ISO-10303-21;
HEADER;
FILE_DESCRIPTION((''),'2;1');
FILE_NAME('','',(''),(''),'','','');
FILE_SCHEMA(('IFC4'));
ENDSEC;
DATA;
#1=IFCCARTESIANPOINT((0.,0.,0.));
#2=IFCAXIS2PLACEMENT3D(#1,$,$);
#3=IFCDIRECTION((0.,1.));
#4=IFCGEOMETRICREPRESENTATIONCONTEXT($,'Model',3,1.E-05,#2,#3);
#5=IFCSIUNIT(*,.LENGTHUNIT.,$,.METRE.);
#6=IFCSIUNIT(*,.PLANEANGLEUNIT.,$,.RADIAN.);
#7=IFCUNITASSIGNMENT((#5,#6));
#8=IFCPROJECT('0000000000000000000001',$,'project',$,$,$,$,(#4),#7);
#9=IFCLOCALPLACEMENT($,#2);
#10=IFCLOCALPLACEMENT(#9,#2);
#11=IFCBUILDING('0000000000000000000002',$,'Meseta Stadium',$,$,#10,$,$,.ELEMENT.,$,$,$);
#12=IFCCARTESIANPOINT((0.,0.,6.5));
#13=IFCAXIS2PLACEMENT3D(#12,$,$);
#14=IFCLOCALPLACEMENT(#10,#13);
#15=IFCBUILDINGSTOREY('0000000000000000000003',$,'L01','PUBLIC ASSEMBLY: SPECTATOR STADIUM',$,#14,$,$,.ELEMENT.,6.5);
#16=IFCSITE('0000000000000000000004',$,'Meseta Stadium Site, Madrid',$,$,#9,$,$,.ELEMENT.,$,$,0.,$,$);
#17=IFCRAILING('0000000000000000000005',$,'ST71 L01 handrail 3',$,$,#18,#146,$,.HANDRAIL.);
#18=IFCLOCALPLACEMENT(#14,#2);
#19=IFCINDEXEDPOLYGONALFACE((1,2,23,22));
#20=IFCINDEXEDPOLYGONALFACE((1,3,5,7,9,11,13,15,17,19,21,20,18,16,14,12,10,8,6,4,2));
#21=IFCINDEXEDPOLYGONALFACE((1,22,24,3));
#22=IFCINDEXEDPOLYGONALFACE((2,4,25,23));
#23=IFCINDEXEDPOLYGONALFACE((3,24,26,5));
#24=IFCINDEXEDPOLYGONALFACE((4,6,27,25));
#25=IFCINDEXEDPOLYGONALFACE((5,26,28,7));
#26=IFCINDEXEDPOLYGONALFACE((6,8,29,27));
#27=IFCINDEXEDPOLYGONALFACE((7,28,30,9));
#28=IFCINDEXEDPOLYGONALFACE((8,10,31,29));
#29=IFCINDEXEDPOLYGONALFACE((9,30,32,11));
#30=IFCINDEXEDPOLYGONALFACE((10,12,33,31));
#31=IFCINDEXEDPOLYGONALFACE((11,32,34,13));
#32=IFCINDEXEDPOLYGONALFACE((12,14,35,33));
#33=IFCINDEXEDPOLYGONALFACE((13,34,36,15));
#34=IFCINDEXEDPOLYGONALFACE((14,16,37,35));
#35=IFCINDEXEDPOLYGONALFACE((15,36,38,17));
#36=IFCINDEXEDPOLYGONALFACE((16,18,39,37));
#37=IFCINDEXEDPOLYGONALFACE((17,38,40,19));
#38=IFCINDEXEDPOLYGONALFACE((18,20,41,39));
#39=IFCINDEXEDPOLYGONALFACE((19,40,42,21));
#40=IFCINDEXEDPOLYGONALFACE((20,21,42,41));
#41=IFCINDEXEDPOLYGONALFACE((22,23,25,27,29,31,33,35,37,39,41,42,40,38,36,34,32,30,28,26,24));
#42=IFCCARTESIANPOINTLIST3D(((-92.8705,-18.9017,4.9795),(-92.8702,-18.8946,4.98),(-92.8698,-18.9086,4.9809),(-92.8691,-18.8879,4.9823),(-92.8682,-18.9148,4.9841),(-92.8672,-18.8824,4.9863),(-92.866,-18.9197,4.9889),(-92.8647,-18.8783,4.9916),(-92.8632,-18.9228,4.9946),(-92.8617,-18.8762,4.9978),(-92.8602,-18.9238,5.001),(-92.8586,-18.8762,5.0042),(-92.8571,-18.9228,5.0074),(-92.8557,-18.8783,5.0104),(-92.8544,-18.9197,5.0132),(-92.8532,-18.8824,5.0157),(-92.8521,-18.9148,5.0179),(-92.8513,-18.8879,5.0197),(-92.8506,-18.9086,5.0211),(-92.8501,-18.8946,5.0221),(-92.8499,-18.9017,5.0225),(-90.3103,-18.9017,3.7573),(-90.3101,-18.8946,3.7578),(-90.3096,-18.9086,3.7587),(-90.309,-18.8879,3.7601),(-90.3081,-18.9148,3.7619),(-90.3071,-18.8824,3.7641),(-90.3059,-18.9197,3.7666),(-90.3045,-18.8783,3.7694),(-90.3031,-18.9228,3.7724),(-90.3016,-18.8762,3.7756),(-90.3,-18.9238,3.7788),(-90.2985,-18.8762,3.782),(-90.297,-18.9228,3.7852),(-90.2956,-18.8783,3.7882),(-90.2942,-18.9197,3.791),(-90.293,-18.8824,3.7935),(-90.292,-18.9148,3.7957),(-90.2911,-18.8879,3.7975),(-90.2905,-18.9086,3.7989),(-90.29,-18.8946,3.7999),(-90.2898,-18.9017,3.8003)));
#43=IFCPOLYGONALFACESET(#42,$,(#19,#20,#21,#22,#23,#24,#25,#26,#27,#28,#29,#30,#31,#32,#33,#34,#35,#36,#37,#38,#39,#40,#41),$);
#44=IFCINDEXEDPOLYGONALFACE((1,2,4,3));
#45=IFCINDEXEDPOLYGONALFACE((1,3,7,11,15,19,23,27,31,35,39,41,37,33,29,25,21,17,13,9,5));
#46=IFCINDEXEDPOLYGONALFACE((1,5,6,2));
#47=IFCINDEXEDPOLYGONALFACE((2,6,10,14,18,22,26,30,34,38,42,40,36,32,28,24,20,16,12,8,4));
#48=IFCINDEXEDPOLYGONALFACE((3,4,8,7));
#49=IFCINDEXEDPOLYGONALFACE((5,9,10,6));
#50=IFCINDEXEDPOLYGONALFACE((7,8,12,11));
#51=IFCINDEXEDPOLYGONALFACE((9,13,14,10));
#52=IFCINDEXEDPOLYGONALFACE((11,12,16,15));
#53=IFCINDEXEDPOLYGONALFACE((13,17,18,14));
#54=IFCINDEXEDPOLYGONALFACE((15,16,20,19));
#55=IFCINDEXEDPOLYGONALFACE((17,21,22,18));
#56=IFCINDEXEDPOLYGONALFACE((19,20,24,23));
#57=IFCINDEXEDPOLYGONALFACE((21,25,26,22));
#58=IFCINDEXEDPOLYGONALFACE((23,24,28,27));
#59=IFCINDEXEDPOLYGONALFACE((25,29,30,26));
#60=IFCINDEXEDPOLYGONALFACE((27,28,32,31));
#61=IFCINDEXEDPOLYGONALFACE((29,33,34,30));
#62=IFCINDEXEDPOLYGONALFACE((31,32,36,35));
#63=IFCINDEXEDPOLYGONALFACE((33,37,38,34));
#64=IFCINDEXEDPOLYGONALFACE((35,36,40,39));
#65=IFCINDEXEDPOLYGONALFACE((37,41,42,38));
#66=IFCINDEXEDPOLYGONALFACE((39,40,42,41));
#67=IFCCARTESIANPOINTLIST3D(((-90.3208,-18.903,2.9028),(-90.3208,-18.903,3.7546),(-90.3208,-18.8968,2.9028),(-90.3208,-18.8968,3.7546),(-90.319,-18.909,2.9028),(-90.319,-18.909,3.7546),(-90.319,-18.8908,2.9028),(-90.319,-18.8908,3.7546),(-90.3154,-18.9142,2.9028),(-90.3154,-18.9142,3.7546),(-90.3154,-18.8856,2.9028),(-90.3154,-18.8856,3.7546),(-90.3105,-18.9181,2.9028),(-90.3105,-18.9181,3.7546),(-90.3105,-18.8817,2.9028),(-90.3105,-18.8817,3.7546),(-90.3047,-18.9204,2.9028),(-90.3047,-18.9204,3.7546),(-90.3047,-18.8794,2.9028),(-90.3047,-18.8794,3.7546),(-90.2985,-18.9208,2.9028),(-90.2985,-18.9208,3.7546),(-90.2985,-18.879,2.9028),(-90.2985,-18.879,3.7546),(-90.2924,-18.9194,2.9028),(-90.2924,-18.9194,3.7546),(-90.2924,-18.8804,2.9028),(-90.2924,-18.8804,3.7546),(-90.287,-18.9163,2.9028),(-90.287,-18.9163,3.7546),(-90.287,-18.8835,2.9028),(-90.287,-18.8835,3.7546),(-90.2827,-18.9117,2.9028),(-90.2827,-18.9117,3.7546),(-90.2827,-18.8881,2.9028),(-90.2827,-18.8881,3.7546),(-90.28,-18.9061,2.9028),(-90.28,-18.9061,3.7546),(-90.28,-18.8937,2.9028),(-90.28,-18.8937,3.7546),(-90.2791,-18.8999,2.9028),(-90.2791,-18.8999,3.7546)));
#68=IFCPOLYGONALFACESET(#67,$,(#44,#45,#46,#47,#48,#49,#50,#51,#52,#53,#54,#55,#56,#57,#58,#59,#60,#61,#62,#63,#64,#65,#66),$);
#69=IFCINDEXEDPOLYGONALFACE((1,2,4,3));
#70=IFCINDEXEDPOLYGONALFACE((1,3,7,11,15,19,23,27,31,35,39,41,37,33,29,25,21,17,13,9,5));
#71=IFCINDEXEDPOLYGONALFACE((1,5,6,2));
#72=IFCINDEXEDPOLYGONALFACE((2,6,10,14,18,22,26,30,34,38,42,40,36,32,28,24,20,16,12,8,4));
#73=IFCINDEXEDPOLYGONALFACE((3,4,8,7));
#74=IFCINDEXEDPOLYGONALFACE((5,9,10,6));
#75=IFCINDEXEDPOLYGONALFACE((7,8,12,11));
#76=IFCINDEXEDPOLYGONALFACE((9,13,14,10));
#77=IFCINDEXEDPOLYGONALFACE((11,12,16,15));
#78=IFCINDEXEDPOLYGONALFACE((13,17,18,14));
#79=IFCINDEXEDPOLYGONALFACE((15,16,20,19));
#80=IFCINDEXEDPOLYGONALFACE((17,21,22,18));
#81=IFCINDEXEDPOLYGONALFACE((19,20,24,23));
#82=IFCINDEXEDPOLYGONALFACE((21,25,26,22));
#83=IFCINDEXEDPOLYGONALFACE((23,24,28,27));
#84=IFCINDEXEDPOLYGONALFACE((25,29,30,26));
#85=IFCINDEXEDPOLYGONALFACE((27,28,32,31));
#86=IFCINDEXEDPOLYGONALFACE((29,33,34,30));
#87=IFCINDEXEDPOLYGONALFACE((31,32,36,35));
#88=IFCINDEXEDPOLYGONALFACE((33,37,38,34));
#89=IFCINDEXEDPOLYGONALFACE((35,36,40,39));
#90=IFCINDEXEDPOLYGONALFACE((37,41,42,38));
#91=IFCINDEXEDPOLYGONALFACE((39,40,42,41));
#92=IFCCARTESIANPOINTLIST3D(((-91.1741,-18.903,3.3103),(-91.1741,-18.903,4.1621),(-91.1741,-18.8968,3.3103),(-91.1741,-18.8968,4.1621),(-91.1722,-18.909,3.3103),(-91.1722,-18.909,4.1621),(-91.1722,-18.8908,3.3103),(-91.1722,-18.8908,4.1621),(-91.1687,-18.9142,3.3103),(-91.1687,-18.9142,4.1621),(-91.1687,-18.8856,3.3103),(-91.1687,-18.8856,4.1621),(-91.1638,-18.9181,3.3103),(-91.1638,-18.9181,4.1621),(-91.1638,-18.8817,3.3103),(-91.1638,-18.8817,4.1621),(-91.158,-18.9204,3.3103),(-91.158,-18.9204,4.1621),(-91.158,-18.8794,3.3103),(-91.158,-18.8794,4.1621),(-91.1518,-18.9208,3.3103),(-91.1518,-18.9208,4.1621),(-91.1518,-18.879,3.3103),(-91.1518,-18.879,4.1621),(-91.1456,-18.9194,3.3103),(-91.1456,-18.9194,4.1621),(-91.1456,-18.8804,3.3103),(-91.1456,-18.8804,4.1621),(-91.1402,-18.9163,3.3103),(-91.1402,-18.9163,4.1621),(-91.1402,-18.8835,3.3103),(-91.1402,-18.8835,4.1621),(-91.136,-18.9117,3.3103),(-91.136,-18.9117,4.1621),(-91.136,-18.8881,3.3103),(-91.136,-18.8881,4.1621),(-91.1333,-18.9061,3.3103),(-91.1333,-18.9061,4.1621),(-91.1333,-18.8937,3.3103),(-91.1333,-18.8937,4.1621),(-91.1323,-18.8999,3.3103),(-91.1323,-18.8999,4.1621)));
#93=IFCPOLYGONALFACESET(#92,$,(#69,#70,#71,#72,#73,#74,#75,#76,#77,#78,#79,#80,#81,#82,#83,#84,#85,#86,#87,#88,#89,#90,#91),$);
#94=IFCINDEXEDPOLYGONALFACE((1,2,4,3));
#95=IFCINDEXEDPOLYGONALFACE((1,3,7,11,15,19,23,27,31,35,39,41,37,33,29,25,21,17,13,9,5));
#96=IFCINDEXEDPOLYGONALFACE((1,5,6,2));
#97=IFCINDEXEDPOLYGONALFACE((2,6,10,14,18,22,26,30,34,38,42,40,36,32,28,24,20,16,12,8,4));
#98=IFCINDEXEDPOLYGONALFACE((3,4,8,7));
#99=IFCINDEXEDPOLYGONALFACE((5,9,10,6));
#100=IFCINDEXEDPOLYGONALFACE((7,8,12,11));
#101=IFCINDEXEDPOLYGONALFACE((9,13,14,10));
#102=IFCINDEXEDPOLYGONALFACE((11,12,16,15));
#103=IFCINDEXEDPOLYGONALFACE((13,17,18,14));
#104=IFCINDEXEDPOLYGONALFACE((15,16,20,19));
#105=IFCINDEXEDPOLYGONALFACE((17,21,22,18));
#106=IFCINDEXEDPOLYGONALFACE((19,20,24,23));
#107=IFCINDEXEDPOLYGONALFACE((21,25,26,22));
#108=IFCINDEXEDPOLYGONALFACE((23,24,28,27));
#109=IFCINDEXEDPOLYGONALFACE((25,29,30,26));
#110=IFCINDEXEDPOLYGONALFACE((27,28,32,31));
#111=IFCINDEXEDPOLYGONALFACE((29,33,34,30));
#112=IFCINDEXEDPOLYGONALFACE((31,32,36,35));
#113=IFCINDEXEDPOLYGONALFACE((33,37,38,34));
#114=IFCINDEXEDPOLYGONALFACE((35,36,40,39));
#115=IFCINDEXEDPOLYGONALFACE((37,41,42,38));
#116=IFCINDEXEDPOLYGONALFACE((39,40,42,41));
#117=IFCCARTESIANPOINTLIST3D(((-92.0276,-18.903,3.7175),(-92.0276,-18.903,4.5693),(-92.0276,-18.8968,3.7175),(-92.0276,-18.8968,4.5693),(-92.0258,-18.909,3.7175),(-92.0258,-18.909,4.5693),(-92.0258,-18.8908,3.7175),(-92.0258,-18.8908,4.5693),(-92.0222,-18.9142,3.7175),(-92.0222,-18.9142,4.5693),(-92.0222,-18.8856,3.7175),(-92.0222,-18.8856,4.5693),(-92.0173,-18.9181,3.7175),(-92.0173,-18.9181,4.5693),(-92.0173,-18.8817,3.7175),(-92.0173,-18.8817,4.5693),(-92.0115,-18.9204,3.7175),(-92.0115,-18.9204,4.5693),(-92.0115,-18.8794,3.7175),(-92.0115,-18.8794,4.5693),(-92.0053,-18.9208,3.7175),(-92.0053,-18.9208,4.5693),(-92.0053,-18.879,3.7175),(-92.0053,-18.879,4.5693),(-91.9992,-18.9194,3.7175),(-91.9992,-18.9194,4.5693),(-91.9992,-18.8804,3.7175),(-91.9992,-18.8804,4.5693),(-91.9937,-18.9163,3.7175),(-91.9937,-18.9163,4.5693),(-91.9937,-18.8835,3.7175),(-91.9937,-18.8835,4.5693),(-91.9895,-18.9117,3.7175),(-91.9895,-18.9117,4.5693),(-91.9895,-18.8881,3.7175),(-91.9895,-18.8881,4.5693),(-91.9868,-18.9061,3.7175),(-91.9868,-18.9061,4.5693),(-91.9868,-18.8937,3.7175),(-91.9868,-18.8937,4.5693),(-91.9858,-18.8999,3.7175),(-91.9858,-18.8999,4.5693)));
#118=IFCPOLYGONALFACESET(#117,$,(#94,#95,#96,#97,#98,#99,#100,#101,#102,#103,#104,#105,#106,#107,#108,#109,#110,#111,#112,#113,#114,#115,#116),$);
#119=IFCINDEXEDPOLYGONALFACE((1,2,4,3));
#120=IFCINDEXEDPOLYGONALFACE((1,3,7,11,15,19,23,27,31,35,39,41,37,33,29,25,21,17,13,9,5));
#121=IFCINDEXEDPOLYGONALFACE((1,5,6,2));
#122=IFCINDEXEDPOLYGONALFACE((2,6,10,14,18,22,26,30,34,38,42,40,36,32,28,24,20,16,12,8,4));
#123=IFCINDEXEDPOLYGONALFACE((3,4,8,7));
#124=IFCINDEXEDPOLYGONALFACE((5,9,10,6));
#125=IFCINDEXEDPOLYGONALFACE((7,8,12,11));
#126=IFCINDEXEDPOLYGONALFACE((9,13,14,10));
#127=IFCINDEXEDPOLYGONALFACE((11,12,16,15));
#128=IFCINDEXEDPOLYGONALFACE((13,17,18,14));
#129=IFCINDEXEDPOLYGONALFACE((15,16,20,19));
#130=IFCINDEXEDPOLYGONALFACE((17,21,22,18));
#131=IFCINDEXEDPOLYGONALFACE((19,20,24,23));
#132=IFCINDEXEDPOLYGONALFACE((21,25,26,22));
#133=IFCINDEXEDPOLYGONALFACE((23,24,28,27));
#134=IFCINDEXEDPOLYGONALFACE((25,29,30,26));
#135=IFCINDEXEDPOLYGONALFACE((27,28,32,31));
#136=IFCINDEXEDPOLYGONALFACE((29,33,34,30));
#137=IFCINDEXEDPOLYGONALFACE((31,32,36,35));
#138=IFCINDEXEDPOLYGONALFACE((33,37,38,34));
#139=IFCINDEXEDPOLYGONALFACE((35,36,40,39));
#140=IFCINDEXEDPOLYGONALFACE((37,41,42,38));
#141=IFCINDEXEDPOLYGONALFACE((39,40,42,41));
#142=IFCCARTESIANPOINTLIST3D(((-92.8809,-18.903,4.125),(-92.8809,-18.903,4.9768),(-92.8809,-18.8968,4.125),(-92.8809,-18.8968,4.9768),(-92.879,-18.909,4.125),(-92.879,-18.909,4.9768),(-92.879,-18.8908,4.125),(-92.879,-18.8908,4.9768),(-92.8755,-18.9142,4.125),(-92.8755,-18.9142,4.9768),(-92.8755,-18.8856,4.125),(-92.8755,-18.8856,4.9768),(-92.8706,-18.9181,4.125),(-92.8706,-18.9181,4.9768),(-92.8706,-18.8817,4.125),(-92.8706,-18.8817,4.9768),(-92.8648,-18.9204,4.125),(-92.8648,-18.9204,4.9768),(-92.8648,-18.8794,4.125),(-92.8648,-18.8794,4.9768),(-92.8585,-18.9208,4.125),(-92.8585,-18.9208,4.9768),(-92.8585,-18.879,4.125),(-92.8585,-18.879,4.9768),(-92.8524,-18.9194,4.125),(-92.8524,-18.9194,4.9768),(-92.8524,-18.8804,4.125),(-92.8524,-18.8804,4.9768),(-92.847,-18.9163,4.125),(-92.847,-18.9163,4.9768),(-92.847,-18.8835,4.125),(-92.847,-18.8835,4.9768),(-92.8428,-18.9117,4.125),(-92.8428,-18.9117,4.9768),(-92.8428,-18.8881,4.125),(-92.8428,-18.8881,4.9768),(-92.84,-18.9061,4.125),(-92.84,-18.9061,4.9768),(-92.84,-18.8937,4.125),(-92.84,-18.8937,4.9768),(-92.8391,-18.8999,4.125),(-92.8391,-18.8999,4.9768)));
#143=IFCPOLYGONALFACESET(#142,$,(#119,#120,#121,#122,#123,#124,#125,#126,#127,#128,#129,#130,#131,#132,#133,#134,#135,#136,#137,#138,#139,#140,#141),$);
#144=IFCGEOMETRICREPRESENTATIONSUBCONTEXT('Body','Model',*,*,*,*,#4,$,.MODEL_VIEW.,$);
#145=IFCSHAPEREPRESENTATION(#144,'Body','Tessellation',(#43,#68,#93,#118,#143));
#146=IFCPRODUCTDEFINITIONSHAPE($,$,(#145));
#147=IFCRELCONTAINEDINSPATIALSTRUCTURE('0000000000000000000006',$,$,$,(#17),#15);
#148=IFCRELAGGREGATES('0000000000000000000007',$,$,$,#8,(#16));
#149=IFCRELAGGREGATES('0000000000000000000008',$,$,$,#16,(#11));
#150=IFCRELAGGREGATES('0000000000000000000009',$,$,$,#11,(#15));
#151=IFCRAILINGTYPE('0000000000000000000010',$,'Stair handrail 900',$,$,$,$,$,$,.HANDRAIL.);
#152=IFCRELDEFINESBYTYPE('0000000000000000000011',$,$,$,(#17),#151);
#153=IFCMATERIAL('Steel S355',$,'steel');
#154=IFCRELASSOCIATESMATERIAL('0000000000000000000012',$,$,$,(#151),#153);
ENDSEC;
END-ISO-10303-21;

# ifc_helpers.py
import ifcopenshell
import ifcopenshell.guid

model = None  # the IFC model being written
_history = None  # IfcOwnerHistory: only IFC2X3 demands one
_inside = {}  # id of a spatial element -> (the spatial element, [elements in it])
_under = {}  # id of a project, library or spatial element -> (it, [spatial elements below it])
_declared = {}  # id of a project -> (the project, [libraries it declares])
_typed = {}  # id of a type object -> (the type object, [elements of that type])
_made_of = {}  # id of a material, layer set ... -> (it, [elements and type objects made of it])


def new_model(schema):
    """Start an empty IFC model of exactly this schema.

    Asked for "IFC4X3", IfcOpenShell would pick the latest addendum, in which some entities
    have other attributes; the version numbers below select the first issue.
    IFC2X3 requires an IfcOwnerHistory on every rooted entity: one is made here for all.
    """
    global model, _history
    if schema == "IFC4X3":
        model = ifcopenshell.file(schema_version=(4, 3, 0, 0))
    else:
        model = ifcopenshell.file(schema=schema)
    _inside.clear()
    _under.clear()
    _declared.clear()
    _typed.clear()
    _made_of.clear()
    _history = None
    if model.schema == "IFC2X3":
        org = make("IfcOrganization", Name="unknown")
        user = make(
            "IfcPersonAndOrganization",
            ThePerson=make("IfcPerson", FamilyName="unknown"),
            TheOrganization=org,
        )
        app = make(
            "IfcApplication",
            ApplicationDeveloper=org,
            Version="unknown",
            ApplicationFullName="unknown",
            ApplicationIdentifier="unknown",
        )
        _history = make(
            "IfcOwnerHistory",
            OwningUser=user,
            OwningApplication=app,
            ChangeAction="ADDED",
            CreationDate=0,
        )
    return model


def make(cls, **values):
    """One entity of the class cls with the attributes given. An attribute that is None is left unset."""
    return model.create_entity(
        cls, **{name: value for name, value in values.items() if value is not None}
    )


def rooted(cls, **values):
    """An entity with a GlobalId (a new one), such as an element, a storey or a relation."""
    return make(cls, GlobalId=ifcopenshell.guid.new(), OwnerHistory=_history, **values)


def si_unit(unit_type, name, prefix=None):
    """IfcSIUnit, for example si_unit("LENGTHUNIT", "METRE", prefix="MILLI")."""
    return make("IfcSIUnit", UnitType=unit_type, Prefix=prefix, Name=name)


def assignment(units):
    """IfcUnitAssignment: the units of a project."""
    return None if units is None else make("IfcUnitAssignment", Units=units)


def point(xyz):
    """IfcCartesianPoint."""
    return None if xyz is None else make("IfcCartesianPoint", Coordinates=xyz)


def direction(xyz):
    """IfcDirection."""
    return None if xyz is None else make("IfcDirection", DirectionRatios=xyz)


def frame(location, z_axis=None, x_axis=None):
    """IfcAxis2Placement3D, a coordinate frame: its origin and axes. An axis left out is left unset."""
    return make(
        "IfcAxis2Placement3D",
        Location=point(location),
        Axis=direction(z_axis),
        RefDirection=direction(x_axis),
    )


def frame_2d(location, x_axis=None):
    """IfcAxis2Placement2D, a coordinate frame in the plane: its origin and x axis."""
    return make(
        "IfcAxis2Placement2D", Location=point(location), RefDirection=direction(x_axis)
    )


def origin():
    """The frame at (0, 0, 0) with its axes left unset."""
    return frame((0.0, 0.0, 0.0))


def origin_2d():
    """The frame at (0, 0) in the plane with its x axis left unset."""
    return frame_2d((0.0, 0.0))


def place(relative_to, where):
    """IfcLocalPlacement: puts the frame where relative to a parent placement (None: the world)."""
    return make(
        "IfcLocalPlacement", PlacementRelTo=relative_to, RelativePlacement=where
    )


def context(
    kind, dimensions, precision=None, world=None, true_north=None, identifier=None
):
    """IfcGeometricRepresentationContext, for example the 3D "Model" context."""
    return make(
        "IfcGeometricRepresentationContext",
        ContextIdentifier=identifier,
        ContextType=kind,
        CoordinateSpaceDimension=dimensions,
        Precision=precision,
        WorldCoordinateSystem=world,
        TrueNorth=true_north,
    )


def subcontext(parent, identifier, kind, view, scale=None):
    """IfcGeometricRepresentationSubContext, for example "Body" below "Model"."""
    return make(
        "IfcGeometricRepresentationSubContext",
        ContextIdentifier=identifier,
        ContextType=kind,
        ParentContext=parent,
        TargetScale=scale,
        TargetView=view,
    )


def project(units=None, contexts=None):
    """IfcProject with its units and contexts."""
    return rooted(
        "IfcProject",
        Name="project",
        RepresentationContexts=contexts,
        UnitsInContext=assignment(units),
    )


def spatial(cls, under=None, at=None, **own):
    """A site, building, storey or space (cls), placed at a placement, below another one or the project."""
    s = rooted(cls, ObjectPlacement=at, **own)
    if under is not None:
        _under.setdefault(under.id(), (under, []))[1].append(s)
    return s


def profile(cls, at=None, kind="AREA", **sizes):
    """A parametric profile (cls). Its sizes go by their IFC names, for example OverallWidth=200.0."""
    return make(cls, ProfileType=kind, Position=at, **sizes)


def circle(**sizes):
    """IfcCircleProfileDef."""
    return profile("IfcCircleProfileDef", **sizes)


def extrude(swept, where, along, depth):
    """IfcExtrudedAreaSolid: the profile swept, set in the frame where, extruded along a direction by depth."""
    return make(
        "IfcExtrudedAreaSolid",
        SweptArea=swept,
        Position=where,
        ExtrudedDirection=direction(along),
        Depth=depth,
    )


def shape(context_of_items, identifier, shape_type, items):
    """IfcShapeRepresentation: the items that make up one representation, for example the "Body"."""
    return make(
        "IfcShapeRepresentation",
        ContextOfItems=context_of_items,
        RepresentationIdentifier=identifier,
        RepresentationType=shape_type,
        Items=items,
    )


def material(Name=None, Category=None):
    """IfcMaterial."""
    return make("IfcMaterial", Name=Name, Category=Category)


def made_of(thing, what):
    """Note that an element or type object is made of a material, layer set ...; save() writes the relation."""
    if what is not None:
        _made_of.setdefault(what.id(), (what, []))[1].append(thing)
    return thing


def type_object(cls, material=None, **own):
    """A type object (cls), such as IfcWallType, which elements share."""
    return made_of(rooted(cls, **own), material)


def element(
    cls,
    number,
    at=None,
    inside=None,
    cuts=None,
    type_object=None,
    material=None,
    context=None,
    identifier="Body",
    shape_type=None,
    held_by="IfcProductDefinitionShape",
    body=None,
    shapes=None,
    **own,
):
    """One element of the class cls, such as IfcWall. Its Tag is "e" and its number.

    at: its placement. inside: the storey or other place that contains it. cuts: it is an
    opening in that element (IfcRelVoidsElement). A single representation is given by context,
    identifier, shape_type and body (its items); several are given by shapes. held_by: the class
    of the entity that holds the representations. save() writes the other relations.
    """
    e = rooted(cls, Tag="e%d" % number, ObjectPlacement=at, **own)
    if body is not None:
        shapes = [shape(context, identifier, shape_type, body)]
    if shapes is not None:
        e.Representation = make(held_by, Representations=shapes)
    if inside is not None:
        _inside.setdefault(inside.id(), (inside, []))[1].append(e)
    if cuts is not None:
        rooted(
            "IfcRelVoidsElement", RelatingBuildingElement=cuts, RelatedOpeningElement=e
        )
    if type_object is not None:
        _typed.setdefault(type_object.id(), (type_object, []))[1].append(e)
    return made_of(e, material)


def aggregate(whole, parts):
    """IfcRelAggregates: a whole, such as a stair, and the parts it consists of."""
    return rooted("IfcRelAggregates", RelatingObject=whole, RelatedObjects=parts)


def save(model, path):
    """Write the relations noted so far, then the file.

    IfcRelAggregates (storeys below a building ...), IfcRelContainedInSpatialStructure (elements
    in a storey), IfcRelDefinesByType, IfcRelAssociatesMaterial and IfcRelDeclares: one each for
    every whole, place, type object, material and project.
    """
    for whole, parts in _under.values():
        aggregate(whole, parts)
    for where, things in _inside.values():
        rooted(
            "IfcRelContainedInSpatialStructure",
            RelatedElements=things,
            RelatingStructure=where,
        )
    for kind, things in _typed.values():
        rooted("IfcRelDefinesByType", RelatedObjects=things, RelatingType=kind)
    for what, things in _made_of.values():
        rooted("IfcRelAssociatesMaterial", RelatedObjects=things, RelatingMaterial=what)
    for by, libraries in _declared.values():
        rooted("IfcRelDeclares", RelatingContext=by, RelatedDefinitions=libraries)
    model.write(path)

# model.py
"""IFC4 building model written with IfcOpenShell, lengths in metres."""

from ifc_helpers import new_model, si_unit, direction, frame, origin, origin_2d, place, context, subcontext, project, spatial, circle, extrude, material, type_object, element, save


model = new_model("IFC4")

# Units and contexts
model_context = context("Model", 3, precision=1e-05, world=origin(), true_north=direction((0.0, 1.0)))
body_context = subcontext(model_context, "Body", "Model", "MODEL_VIEW")
ifc_project = project(units=[si_unit("LENGTHUNIT", "METRE"), si_unit("PLANEANGLEUNIT", "RADIAN")], contexts=[model_context])

# Site, building, storey
site_placement = place(None, origin())
site = spatial("IfcSite", under=ifc_project, at=site_placement, Name="Meseta Stadium Site, Madrid", CompositionType="ELEMENT", RefElevation=0.0)
building_placement = place(site_placement, origin())
building = spatial("IfcBuilding", under=site, at=building_placement, Name="Meseta Stadium", CompositionType="ELEMENT")
storey_placement = place(building_placement, frame((0.0, 0.0, 6.5)))
storey = spatial("IfcBuildingStorey", under=building, at=storey_placement, Name="L01", Description="PUBLIC ASSEMBLY: SPECTATOR STADIUM", CompositionType="ELEMENT", Elevation=6.5)

# Railing
ifc_material_1 = material(Name="Steel S355", Category="steel")
railing_type_1 = type_object("IfcRailingType", Name="Stair handrail 900", PredefinedType="HANDRAIL", material=ifc_material_1)
for number, where, name in (
    (1, (-90.3, -18.8999, 2.9028), "ST71 L01 handrail 3"),
):
    element("IfcRailing", number, at=place(storey_placement, frame(where)), inside=storey, type_object=railing_type_1, Name=name, PredefinedType="HANDRAIL", context=body_context, shape_type="SweptSolid", body=[
        extrude(circle(Radius=0.0239, at=origin_2d()), frame((0.0, 0.0, 0.876), z_axis=(-0.902437, 0.0, 0.430822), x_axis=(0.0, -1.0, 0.0)), (0.0, 0.0, 1.0), 2.8369),
        extrude(circle(Radius=0.021, at=origin_2d()), origin(), (0.0, 0.0, 1.0), 0.8518),
        extrude(circle(Radius=0.021, at=origin_2d()), frame((-0.8533, 0.0, 0.4075)), (0.0, 0.0, 1.0), 0.8518),
        extrude(circle(Radius=0.021, at=origin_2d()), frame((-1.7068, 0.0, 0.8147)), (0.0, 0.0, 1.0), 0.8518),
        extrude(circle(Radius=0.021, at=origin_2d()), frame((-2.5601, 0.0, 1.2222)), (0.0, 0.0, 1.0), 0.8518),
    ])

save(model, "model.ifc")
